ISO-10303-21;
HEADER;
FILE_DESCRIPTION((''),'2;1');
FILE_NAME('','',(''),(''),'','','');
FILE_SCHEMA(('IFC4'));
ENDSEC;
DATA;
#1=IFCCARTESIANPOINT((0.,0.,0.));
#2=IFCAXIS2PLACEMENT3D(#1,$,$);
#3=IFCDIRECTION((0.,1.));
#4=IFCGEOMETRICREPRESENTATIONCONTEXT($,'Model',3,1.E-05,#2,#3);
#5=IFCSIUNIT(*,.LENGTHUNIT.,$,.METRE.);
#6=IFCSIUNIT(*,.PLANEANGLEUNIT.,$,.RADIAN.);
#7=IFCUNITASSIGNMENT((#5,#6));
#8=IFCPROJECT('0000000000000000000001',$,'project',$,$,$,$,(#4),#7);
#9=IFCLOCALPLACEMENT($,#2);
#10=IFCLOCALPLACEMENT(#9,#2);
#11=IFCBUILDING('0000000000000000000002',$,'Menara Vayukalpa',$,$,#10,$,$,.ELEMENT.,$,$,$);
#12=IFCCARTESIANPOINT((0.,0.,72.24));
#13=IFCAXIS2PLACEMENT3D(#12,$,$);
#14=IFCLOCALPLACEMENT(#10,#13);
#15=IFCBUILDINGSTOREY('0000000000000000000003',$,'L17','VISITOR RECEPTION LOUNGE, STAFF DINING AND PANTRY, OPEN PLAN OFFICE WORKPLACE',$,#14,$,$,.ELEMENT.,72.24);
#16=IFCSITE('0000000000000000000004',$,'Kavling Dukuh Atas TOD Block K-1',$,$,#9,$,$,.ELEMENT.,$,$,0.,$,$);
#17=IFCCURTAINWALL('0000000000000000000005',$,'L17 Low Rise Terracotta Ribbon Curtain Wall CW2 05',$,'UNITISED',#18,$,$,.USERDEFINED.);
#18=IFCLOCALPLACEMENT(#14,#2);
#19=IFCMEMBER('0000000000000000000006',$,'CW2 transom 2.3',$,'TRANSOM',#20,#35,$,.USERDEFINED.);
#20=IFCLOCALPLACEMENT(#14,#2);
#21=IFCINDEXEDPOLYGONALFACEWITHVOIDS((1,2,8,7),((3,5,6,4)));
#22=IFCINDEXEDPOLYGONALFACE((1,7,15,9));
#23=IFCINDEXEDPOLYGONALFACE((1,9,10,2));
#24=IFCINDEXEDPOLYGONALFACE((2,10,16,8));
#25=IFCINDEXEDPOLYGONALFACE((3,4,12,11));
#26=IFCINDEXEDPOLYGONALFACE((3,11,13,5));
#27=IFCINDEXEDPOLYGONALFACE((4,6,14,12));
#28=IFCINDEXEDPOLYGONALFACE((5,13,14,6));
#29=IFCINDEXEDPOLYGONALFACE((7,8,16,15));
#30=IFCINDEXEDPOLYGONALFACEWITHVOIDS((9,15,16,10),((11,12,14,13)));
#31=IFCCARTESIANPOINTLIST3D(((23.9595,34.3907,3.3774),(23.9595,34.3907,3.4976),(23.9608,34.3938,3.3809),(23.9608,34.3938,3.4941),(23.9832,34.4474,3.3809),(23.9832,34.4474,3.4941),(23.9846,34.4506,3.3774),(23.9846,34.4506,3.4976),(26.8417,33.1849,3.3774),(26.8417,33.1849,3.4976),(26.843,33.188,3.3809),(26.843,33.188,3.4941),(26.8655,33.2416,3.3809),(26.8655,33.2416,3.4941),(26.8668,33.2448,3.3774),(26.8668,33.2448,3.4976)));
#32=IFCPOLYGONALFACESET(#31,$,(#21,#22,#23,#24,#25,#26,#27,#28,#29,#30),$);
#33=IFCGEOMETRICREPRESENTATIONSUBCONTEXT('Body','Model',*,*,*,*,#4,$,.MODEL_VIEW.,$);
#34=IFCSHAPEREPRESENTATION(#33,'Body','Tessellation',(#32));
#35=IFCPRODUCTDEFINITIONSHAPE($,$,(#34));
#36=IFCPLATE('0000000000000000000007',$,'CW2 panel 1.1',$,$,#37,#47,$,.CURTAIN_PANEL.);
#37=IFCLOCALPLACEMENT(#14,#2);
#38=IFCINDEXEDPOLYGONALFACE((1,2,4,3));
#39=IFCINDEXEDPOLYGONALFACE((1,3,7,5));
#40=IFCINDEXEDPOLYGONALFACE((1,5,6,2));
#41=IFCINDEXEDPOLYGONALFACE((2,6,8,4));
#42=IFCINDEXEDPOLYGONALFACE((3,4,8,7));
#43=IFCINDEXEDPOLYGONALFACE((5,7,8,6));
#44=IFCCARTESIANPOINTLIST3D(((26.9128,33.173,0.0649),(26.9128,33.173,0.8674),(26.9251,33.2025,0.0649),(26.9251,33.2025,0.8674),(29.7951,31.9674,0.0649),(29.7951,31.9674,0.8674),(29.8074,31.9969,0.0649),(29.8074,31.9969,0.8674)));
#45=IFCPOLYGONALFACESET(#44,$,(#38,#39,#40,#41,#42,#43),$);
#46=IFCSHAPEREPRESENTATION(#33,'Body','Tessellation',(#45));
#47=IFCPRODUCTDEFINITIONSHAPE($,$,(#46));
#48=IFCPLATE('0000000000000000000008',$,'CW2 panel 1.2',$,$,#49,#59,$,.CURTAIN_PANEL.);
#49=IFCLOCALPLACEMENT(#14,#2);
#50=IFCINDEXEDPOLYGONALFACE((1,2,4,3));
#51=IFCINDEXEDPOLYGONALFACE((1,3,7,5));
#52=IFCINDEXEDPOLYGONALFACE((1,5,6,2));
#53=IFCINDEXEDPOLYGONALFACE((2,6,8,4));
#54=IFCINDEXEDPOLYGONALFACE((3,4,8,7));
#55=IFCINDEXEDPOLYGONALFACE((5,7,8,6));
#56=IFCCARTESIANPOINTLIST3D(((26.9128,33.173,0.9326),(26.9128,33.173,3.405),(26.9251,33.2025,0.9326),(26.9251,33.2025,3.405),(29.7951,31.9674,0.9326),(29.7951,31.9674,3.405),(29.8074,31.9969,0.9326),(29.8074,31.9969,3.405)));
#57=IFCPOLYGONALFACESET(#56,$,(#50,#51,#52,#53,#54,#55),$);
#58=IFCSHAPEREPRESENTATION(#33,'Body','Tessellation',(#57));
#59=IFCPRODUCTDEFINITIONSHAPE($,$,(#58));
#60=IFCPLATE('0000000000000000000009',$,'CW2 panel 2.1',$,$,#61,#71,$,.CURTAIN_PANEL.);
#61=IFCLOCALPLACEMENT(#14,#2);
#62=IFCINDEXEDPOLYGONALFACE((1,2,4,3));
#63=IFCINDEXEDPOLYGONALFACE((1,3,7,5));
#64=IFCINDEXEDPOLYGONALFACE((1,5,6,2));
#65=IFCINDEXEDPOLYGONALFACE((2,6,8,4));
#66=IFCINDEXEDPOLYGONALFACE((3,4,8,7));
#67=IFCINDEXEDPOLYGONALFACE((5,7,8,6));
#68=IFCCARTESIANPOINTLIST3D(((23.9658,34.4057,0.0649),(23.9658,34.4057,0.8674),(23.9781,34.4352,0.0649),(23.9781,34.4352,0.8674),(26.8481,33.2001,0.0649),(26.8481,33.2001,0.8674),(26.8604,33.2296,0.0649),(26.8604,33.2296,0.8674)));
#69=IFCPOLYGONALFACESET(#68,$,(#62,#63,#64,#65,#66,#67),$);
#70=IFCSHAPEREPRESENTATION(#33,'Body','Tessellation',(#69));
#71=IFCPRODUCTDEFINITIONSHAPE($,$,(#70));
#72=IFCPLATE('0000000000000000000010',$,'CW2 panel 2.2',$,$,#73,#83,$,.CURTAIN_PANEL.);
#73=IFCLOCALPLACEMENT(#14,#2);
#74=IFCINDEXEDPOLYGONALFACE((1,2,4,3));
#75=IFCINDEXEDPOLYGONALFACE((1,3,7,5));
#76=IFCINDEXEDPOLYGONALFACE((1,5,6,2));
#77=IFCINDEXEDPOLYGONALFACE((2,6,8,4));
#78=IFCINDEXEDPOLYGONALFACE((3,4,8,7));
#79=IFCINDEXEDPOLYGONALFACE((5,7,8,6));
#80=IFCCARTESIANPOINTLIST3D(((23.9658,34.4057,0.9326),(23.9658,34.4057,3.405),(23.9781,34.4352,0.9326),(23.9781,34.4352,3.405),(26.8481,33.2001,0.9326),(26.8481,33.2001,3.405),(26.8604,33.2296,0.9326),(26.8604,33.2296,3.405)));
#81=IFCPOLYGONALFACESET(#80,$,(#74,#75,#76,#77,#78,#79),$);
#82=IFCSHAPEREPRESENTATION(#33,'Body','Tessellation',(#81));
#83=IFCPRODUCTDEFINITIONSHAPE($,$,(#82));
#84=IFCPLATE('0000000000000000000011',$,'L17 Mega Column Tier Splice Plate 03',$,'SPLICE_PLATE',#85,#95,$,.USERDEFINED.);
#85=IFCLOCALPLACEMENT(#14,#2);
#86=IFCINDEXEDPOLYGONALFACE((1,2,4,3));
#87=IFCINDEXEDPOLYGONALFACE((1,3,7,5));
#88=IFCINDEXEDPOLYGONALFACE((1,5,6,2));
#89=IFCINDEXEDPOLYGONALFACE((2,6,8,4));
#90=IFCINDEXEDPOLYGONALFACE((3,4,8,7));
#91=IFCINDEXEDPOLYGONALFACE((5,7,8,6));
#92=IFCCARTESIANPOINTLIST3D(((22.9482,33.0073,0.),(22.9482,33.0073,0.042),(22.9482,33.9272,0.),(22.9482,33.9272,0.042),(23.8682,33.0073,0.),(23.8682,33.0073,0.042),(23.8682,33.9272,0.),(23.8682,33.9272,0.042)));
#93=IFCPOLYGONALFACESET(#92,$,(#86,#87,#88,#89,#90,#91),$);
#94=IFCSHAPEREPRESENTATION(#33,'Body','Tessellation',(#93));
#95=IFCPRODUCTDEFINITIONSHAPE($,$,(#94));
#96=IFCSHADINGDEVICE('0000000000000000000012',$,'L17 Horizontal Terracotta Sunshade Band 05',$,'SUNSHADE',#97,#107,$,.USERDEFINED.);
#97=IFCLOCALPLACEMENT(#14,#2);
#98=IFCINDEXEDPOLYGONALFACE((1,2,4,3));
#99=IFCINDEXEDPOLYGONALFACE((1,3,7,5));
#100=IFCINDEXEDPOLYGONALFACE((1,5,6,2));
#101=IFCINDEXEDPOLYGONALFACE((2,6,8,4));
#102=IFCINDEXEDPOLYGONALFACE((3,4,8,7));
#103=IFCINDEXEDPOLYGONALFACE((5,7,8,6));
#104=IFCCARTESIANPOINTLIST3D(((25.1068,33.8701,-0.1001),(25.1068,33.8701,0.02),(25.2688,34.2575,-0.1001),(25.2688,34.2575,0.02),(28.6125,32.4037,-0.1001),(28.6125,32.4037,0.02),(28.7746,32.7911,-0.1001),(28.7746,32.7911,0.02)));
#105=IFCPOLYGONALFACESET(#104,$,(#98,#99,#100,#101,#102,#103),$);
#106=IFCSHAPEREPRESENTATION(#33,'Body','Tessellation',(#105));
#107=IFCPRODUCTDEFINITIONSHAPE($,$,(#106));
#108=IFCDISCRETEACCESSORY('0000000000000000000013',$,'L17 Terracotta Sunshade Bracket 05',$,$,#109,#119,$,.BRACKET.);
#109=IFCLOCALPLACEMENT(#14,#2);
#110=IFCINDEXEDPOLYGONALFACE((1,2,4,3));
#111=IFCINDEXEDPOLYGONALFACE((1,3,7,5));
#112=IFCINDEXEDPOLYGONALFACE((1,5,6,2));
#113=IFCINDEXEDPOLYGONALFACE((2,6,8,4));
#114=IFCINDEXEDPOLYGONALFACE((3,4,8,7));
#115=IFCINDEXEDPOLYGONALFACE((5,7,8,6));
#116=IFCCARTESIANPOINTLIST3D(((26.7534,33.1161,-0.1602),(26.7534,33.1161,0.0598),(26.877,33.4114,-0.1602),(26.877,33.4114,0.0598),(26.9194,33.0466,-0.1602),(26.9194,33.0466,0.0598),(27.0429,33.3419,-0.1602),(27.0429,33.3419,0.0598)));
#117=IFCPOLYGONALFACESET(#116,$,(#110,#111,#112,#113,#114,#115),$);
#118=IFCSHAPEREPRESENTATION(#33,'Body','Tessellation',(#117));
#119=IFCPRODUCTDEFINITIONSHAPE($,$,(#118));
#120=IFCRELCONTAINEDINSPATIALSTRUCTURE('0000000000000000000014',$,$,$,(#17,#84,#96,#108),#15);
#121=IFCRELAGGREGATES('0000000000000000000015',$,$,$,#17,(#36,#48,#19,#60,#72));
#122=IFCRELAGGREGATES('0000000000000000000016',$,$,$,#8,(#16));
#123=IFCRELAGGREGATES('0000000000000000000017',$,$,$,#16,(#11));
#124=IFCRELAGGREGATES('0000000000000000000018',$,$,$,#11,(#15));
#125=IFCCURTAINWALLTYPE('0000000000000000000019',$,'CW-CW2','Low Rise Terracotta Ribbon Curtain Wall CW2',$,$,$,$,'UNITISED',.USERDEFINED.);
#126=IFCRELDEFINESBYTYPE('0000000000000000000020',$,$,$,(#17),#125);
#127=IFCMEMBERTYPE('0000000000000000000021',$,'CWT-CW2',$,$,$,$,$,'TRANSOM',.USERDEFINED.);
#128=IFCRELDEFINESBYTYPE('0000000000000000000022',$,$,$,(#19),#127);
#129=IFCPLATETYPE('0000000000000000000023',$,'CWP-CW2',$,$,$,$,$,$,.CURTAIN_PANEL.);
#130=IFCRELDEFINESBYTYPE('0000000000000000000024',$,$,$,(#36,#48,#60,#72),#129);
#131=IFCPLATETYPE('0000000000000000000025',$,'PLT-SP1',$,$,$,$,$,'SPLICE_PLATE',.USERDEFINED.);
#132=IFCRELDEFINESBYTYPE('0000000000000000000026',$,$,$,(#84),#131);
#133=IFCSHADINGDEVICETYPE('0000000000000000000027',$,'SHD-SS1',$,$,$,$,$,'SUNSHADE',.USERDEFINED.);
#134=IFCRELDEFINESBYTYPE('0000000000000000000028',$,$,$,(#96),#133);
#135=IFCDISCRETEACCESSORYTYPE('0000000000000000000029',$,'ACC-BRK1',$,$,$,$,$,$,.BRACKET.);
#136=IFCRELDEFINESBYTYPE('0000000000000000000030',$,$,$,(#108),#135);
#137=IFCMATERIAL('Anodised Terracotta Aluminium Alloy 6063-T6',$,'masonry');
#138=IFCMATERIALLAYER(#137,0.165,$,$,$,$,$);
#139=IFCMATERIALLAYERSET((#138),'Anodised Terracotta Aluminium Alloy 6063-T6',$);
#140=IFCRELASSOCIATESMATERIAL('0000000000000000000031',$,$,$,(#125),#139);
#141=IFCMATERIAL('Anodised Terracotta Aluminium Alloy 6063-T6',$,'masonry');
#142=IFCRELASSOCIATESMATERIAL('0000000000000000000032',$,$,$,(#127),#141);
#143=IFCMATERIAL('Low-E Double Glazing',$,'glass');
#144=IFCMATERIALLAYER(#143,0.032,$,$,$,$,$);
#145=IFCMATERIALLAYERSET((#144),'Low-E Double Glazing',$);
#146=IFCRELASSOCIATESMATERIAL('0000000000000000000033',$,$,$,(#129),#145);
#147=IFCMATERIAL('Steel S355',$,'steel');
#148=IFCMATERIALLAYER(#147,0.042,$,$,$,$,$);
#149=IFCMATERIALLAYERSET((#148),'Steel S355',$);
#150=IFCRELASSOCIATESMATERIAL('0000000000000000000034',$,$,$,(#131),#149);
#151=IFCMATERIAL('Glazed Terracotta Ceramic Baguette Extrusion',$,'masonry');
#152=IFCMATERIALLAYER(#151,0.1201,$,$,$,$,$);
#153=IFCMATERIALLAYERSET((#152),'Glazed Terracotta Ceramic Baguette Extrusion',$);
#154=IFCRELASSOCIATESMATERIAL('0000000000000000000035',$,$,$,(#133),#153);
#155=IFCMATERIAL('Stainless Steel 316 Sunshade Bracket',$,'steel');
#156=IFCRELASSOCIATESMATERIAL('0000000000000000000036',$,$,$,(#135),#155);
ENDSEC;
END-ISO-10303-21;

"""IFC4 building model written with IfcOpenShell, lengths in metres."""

from ifc_helpers import new_model, si_unit, direction, frame, origin, origin_2d, place, context, subcontext, project, spatial, rectangle, hollow_rectangle, extrude, material, layer, layer_set, material_profile, profile_set, type_object, element, aggregate, save


model = new_model("IFC4")

# Units and contexts
model_context = context("Model", 3, precision=1e-05, world=origin(), true_north=direction((0.0, 1.0)))
body_context = subcontext(model_context, "Body", "Model", "MODEL_VIEW")
ifc_project = project(units=[si_unit("LENGTHUNIT", "METRE"), si_unit("PLANEANGLEUNIT", "RADIAN")], contexts=[model_context])

# Site, building, storey
site_placement = place(None, origin())
site = spatial("IfcSite", under=ifc_project, at=site_placement, Name="Kavling Dukuh Atas TOD Block K-1", CompositionType="ELEMENT", RefElevation=0.0)
building_placement = place(site_placement, origin())
building = spatial("IfcBuilding", under=site, at=building_placement, Name="Menara Vayukalpa", CompositionType="ELEMENT")
storey_placement = place(building_placement, frame((0.0, 0.0, 72.24)))
storey = spatial("IfcBuildingStorey", under=building, at=storey_placement, Name="L17", Description="VISITOR RECEPTION LOUNGE, STAFF DINING AND PANTRY, OPEN PLAN OFFICE WORKPLACE", CompositionType="ELEMENT", Elevation=72.24)

# Shared definitions
ifc_material_1 = material(Name="Anodised Terracotta Aluminium Alloy 6063-T6", Category="masonry")
ifc_layer_1 = layer(ifc_material_1, 0.165)
ifc_layer_set_1 = layer_set([ifc_layer_1], Name="Anodised Terracotta Aluminium Alloy 6063-T6")
curtain_wall_type = type_object("IfcCurtainWallType", Name="CW-CW2", Description="Low Rise Terracotta Ribbon Curtain Wall CW2", ElementType="UNITISED", PredefinedType="USERDEFINED", material=ifc_layer_set_1)

# Curtain wall, member, plates
curtain_wall_1_placement = place(storey_placement, origin())
curtain_wall_1 = element("IfcCurtainWall", 1, at=curtain_wall_1_placement, inside=storey, type_object=curtain_wall_type, Name="L17 Low Rise Terracotta Ribbon Curtain Wall CW2 05", ObjectType="UNITISED", PredefinedType="USERDEFINED")
ifc_material_2 = material(Name="Anodised Terracotta Aluminium Alloy 6063-T6", Category="masonry")
ifc_material_profile_1 = material_profile(ifc_material_2, hollow_rectangle(XDim=0.0649, YDim=0.1201, WallThickness=0.0034, at=origin_2d()), Name="ALU 65x120x3.5")
ifc_profile_set_1 = profile_set([ifc_material_profile_1], Name="Anodised Terracotta Aluminium Alloy 6063-T6")
member_type_1 = type_object("IfcMemberType", Name="CWT-CW2", ElementType="TRANSOM", PredefinedType="USERDEFINED", material=ifc_profile_set_1)
member_1_placement = place(storey_placement, frame((26.8542, 33.2148, 3.4375), z_axis=(-0.922526, 0.385936, 0.0), x_axis=(-0.385936, -0.922526, 0.0)))
member_1 = element("IfcMember", 2, at=member_1_placement, type_object=member_type_1, Name="CW2 transom 2.3", ObjectType="TRANSOM", PredefinedType="USERDEFINED", context=body_context, shape_type="SweptSolid", body=[
    extrude(hollow_rectangle(XDim=0.0649, YDim=0.1201, WallThickness=0.0034, at=origin_2d()), origin(), (0.0, 0.0, 1.0), 3.1243),
])
ifc_material_3 = material(Name="Low-E Double Glazing", Category="glass")
ifc_layer_2 = layer(ifc_material_3, 0.032)
ifc_layer_set_2 = layer_set([ifc_layer_2], Name="Low-E Double Glazing")
plate_type_1 = type_object("IfcPlateType", Name="CWP-CW2", PredefinedType="CURTAIN_PANEL", material=ifc_layer_set_2)
plate_1_placement = place(storey_placement, frame((28.3601, 32.585, 0.0649), z_axis=(0.0, 0.0, 1.0), x_axis=(-0.922543, 0.385894, 0.0)))
plate_1 = element("IfcPlate", 3, at=plate_1_placement, type_object=plate_type_1, Name="CW2 panel 1.1", PredefinedType="CURTAIN_PANEL", context=body_context, shape_type="SweptSolid", body=[
    extrude(rectangle(XDim=3.1243, YDim=0.032, at=origin_2d()), origin(), (0.0, 0.0, 1.0), 0.8025),
])
plate_2_placement = place(storey_placement, frame((28.3601, 32.585, 0.9326), z_axis=(0.0, 0.0, 1.0), x_axis=(-0.922543, 0.385894, 0.0)))
plate_2 = element("IfcPlate", 4, at=plate_2_placement, type_object=plate_type_1, Name="CW2 panel 1.2", PredefinedType="CURTAIN_PANEL", context=body_context, shape_type="SweptSolid", body=[
    extrude(rectangle(XDim=3.1243, YDim=0.032, at=origin_2d()), origin(), (0.0, 0.0, 1.0), 2.4724),
])
plate_3_placement = place(storey_placement, frame((25.4131, 33.8176, 0.0649), z_axis=(0.0, 0.0, 1.0), x_axis=(-0.922543, 0.385894, 0.0)))
plate_3 = element("IfcPlate", 5, at=plate_3_placement, type_object=plate_type_1, Name="CW2 panel 2.1", PredefinedType="CURTAIN_PANEL", context=body_context, shape_type="SweptSolid", body=[
    extrude(rectangle(XDim=3.1243, YDim=0.032, at=origin_2d()), origin(), (0.0, 0.0, 1.0), 0.8025),
])
plate_4_placement = place(storey_placement, frame((25.4131, 33.8176, 0.9326), z_axis=(0.0, 0.0, 1.0), x_axis=(-0.922543, 0.385894, 0.0)))
plate_4 = element("IfcPlate", 6, at=plate_4_placement, type_object=plate_type_1, Name="CW2 panel 2.2", PredefinedType="CURTAIN_PANEL", context=body_context, shape_type="SweptSolid", body=[
    extrude(rectangle(XDim=3.1243, YDim=0.032, at=origin_2d()), origin(), (0.0, 0.0, 1.0), 2.4724),
])
aggregate(curtain_wall_1, [plate_1, plate_2, member_1, plate_3, plate_4])

# Plate
ifc_material_4 = material(Name="Steel S355", Category="steel")
ifc_layer_3 = layer(ifc_material_4, 0.042)
ifc_layer_set_3 = layer_set([ifc_layer_3], Name="Steel S355")
plate_type_2 = type_object("IfcPlateType", Name="PLT-SP1", ElementType="SPLICE_PLATE", PredefinedType="USERDEFINED", material=ifc_layer_set_3)
plate_5_placement = place(storey_placement, frame((23.4082, 33.4673, 0.0), z_axis=(0.0, 0.0, 1.0), x_axis=(1.0, 0.0, 0.0)))
element("IfcPlate", 7, at=plate_5_placement, inside=storey, type_object=plate_type_2, Name="L17 Mega Column Tier Splice Plate 03", ObjectType="SPLICE_PLATE", PredefinedType="USERDEFINED", context=body_context, shape_type="SweptSolid", body=[
    extrude(rectangle(XDim=0.9199, YDim=0.9199, at=origin_2d()), origin(), (0.0, 0.0, 1.0), 0.042),
])

# Shading device
ifc_material_5 = material(Name="Glazed Terracotta Ceramic Baguette Extrusion", Category="masonry")
ifc_layer_4 = layer(ifc_material_5, 0.1201)
ifc_layer_set_4 = layer_set([ifc_layer_4], Name="Glazed Terracotta Ceramic Baguette Extrusion")
shading_device_type = type_object("IfcShadingDeviceType", Name="SHD-SS1", ElementType="SUNSHADE", PredefinedType="USERDEFINED", material=ifc_layer_set_4)
shading_device_placement = place(storey_placement, frame((26.9407, 33.3306, -0.1001), z_axis=(0.0, 0.0, 1.0), x_axis=(-0.922545, 0.38589, 0.0)))
element("IfcShadingDevice", 8, at=shading_device_placement, inside=storey, type_object=shading_device_type, Name="L17 Horizontal Terracotta Sunshade Band 05", ObjectType="SUNSHADE", PredefinedType="USERDEFINED", context=body_context, shape_type="SweptSolid", body=[
    extrude(rectangle(XDim=3.8, YDim=0.4199, at=origin_2d()), origin(), (0.0, 0.0, 1.0), 0.1201),
])

# Discrete accessory
ifc_material_6 = material(Name="Stainless Steel 316 Sunshade Bracket", Category="steel")
discrete_accessory_type = type_object("IfcDiscreteAccessoryType", Name="ACC-BRK1", PredefinedType="BRACKET", material=ifc_material_6)
discrete_accessory_placement = place(storey_placement, frame((26.8982, 33.229, -0.1602), z_axis=(0.0, 0.0, 1.0), x_axis=(-0.922545, 0.38589, 0.0)))
element("IfcDiscreteAccessory", 9, at=discrete_accessory_placement, inside=storey, type_object=discrete_accessory_type, Name="L17 Terracotta Sunshade Bracket 05", PredefinedType="BRACKET", context=body_context, shape_type="SweptSolid", body=[
    extrude(rectangle(XDim=0.1799, YDim=0.3201, at=origin_2d()), origin(), (0.0, 0.0, 1.0), 0.22),
])

save(model, "model.ifc")
